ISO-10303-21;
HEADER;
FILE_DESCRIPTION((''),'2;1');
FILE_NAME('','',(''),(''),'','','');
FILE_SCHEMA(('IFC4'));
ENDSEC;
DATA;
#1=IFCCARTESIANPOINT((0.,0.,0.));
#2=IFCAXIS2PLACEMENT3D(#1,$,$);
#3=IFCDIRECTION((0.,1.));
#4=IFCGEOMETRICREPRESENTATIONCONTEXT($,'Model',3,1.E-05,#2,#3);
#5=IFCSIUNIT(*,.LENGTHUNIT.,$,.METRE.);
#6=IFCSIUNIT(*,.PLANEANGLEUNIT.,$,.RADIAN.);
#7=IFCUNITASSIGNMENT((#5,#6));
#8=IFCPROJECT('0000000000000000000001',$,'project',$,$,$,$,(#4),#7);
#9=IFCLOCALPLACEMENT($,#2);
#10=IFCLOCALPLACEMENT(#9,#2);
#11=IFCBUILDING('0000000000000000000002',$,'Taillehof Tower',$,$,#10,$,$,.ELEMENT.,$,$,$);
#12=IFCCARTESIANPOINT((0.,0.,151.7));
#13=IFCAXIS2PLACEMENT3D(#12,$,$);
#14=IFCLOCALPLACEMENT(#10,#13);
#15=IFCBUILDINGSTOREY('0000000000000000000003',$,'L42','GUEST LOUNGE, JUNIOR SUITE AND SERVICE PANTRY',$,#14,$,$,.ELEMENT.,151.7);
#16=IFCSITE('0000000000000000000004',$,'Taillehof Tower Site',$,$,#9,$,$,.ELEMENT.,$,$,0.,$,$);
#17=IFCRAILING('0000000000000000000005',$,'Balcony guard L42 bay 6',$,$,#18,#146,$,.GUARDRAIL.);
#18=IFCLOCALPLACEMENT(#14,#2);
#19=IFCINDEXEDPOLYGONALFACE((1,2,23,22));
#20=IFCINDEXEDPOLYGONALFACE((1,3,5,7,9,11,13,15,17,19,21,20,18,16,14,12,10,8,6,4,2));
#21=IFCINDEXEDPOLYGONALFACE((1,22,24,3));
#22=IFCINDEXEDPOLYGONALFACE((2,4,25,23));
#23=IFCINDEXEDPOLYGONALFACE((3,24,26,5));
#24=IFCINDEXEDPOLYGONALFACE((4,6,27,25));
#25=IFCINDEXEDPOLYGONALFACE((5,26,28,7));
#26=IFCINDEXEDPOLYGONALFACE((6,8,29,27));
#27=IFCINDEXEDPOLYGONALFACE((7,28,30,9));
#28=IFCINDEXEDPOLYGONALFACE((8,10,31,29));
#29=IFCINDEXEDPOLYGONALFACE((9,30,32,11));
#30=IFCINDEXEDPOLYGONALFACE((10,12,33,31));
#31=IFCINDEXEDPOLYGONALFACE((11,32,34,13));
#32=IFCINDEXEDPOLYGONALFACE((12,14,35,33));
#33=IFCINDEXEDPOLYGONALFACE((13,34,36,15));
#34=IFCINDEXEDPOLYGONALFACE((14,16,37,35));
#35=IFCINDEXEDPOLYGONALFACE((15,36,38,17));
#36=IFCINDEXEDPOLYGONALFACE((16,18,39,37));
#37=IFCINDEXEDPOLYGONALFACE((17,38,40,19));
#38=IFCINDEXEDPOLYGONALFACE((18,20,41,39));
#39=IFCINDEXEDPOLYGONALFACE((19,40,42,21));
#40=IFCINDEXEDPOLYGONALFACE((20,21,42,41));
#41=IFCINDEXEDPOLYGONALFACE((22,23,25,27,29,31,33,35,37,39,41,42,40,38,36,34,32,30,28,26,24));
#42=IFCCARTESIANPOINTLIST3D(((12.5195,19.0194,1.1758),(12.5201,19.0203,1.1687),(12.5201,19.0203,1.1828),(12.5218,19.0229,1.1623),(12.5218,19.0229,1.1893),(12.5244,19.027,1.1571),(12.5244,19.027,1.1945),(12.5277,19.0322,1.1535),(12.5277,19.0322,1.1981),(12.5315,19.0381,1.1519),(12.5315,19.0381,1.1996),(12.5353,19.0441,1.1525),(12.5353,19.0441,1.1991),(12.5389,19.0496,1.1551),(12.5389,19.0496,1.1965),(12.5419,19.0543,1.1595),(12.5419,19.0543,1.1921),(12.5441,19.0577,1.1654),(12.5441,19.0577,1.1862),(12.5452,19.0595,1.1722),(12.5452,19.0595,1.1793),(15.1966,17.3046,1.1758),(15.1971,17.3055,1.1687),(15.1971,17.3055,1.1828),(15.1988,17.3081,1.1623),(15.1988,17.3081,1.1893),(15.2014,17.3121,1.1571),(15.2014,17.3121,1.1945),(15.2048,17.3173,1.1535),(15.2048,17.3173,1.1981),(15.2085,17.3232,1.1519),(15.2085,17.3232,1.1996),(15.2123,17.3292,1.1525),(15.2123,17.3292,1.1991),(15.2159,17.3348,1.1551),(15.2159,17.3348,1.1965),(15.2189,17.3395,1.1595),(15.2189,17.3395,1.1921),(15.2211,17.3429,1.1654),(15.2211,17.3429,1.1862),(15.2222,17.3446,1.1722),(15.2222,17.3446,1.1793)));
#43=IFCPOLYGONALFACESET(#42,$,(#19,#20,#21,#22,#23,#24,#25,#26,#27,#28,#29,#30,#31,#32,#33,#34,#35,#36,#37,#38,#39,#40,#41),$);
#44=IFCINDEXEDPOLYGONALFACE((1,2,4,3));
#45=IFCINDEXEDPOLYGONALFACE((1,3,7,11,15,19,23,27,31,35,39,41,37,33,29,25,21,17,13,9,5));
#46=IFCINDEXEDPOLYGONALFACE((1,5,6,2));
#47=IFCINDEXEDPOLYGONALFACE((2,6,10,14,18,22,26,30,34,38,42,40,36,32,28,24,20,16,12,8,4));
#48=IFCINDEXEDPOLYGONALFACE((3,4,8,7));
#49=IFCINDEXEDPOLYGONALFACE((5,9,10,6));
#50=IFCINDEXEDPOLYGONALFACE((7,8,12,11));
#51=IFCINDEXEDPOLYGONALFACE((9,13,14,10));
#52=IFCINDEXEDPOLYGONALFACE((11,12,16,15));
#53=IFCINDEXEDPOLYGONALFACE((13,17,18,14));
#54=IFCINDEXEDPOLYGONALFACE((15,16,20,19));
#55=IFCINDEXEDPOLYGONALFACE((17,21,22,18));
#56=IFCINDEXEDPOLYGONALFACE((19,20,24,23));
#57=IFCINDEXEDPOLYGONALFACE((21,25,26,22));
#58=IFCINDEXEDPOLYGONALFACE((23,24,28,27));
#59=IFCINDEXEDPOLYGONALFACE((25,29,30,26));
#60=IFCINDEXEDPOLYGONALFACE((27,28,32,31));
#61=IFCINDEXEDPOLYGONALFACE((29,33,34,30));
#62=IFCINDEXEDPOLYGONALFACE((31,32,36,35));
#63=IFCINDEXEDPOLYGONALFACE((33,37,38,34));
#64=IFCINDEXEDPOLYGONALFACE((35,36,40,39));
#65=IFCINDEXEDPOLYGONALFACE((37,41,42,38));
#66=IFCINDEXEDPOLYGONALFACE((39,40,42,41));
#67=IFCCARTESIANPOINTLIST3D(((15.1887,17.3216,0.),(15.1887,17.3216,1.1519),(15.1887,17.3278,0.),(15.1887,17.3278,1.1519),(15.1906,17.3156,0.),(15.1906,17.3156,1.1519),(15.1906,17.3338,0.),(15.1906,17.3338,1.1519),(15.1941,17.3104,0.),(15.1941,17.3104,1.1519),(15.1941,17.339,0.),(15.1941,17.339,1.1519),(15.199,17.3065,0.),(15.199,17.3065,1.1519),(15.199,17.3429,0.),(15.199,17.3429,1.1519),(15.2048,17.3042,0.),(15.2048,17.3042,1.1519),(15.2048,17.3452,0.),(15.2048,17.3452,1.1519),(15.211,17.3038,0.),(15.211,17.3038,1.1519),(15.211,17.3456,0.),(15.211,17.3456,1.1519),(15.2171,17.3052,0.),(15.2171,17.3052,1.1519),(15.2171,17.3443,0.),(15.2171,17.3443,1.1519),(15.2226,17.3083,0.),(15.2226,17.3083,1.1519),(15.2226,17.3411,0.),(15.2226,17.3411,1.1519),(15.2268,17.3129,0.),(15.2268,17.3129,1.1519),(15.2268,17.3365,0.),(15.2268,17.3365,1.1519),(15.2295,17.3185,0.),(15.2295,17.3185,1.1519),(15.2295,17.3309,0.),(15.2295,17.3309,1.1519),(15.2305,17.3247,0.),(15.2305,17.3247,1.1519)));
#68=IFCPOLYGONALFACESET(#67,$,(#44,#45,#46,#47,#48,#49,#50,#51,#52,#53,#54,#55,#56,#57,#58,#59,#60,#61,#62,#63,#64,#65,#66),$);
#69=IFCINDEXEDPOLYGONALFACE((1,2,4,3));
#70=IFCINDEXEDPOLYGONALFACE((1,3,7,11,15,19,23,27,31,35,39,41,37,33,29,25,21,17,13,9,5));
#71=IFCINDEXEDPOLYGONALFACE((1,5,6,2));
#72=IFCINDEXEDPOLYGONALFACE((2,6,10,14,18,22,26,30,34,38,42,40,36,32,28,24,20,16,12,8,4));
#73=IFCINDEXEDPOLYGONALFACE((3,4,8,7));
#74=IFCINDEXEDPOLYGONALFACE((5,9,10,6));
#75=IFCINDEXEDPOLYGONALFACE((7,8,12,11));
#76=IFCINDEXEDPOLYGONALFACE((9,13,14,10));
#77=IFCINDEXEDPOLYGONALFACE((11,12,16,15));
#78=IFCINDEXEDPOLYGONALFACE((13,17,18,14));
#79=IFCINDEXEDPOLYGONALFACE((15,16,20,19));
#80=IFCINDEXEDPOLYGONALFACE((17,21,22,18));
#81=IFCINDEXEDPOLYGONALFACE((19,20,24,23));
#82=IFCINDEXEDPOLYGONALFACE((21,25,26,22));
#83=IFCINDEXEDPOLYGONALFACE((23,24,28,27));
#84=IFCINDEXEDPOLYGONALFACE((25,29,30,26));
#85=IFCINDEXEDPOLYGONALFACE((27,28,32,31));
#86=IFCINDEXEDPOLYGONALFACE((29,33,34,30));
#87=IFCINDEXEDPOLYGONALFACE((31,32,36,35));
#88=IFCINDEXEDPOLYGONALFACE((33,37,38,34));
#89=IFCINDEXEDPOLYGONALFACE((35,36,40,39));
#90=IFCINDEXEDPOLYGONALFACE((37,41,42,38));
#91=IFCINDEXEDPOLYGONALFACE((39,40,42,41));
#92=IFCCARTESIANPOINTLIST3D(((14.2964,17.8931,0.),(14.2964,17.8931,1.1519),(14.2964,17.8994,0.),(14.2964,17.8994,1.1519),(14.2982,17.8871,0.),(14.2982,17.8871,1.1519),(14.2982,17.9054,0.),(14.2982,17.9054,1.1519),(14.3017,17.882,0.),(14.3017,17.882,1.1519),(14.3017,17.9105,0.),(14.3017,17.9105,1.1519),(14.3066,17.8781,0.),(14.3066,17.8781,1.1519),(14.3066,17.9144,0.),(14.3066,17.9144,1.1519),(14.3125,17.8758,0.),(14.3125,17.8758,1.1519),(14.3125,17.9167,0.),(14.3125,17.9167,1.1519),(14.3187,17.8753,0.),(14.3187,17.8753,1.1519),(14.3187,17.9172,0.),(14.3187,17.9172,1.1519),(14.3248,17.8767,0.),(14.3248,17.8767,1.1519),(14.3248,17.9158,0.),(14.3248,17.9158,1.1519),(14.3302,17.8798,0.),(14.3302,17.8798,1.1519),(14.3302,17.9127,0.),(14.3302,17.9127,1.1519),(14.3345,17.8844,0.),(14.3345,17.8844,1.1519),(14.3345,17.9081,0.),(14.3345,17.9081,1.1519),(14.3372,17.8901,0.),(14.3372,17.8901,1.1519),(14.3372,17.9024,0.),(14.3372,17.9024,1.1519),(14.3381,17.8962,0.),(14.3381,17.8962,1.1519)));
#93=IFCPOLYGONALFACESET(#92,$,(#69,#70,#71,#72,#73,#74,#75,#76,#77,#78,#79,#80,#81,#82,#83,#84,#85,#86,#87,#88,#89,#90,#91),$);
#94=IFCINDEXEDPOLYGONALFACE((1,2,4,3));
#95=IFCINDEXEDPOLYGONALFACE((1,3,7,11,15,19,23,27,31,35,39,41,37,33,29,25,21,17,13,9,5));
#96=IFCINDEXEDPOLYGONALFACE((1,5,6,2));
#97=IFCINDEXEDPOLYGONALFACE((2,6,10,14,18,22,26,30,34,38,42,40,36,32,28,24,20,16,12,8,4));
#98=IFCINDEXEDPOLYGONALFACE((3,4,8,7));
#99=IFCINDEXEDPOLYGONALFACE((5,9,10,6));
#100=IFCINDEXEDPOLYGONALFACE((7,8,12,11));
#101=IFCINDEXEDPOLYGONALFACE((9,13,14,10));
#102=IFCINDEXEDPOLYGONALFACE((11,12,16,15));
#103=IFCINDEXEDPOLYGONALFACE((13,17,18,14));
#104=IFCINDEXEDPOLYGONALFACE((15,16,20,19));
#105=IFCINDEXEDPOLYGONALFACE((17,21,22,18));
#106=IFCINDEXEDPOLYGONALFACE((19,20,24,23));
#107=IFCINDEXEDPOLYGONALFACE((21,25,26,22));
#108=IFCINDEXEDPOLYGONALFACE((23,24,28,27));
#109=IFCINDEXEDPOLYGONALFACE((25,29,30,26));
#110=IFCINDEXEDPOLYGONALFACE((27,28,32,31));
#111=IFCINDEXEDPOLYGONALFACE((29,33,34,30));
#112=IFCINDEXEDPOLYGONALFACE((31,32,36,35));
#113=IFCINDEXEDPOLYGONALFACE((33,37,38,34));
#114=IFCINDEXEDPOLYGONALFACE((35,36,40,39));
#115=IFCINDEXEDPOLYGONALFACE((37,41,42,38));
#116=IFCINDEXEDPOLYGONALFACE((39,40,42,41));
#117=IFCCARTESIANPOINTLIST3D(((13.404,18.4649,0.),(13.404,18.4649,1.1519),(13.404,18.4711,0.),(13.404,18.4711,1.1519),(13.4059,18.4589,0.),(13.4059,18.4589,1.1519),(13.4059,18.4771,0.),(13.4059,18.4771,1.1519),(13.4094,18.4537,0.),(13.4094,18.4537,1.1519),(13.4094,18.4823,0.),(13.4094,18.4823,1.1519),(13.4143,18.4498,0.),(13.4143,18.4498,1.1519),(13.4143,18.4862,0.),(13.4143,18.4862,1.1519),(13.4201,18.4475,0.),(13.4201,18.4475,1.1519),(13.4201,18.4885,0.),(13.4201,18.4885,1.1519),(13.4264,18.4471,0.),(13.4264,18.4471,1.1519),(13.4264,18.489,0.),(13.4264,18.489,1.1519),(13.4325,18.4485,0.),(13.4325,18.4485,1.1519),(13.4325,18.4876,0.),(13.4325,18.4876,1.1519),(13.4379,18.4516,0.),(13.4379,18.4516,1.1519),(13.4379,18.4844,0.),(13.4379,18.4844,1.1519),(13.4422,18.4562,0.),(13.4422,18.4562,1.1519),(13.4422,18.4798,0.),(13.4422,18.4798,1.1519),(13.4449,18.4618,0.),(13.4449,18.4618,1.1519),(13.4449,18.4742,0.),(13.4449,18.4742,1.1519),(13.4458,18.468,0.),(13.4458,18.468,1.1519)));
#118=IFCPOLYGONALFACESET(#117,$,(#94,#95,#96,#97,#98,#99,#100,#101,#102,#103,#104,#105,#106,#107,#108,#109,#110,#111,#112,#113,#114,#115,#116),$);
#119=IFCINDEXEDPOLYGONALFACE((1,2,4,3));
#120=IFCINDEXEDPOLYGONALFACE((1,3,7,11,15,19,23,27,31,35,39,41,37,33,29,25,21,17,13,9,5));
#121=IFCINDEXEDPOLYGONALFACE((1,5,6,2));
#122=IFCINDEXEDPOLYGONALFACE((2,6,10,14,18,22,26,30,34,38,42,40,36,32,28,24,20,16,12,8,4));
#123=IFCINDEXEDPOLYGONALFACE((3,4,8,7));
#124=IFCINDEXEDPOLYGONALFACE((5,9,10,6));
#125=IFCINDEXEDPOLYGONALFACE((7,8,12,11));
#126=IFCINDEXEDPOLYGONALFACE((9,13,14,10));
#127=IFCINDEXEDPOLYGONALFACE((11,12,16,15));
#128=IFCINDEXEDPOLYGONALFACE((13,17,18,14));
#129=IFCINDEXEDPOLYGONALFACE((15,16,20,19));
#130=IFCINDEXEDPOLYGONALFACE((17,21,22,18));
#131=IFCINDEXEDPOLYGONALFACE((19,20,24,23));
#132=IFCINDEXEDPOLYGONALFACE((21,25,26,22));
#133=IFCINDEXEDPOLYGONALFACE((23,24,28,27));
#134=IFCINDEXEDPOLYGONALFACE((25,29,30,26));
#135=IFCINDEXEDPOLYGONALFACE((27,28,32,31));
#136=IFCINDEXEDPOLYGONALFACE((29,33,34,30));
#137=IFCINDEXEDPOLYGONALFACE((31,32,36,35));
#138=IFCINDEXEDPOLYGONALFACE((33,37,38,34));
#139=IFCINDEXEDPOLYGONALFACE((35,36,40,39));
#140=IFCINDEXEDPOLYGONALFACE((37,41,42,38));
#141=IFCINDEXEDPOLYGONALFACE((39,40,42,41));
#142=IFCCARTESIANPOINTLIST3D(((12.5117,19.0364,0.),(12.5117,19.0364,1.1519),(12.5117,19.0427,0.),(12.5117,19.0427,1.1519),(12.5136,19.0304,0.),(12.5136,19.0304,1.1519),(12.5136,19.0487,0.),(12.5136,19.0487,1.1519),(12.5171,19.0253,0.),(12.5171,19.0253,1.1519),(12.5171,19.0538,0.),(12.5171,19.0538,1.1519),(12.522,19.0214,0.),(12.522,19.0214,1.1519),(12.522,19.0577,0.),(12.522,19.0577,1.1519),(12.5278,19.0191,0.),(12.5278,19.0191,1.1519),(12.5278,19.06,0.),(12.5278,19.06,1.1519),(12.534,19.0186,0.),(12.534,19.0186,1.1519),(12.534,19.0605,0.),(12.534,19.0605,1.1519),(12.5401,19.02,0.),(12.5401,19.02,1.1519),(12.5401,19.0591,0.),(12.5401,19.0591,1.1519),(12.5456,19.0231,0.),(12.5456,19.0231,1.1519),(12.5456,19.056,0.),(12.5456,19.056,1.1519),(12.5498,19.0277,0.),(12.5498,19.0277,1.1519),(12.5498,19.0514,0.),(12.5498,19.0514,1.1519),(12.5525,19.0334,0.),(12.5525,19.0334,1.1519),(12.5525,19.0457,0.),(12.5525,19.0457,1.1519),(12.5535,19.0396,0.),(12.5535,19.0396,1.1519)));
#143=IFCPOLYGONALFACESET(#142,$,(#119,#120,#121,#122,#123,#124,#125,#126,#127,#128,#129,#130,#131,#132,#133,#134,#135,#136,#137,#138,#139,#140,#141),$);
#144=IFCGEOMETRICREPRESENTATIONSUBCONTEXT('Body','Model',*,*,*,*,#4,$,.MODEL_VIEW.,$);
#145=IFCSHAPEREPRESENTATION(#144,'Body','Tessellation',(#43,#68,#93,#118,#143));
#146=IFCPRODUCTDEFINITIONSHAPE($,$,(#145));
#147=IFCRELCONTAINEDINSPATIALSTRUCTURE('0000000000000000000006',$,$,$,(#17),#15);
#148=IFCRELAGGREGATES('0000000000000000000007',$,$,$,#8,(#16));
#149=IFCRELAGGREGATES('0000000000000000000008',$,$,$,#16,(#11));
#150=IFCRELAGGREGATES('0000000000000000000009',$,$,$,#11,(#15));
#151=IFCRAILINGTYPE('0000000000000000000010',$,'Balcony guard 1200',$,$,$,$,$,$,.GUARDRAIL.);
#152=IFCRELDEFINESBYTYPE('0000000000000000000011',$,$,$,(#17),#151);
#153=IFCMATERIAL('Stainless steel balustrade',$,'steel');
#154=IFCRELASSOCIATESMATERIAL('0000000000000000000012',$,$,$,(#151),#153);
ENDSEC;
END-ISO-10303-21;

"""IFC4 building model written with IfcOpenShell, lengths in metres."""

from ifc_helpers import new_model, si_unit, direction, frame, origin, origin_2d, place, context, subcontext, project, spatial, circle, extrude, material, type_object, element, save


model = new_model("IFC4")

# Units and contexts
model_context = context("Model", 3, precision=1e-05, world=origin(), true_north=direction((0.0, 1.0)))
body_context = subcontext(model_context, "Body", "Model", "MODEL_VIEW")
ifc_project = project(units=[si_unit("LENGTHUNIT", "METRE"), si_unit("PLANEANGLEUNIT", "RADIAN")], contexts=[model_context])

# Site, building, storey
site_placement = place(None, origin())
site = spatial("IfcSite", under=ifc_project, at=site_placement, Name="Taillehof Tower Site", CompositionType="ELEMENT", RefElevation=0.0)
building_placement = place(site_placement, origin())
building = spatial("IfcBuilding", under=site, at=building_placement, Name="Taillehof Tower", CompositionType="ELEMENT")
storey_placement = place(building_placement, frame((0.0, 0.0, 151.7)))
storey = spatial("IfcBuildingStorey", under=building, at=storey_placement, Name="L42", Description="GUEST LOUNGE, JUNIOR SUITE AND SERVICE PANTRY", CompositionType="ELEMENT", Elevation=151.7)

# Railing
ifc_material_1 = material(Name="Stainless steel balustrade", Category="steel")
railing_type = type_object("IfcRailingType", Name="Balcony guard 1200", PredefinedType="GUARDRAIL", material=ifc_material_1)
railing_1_placement = place(storey_placement, frame((15.2095, 17.3247, 0.0)))
element("IfcRailing", 1, at=railing_1_placement, inside=storey, type_object=railing_type, Name="Balcony guard L42 bay 6", PredefinedType="GUARDRAIL", context=body_context, shape_type="SweptSolid", body=[
    extrude(circle(Radius=0.0239, at=origin_2d()), frame((0.0, 0.0, 1.1758), z_axis=(-0.842048, 0.539402, 0.0), x_axis=(-0.539402, -0.842048, 0.0)), (0.0, 0.0, 1.0), 3.1792),
    extrude(circle(Radius=0.021, at=origin_2d()), origin(), (0.0, 0.0, 1.0), 1.1519),
    extrude(circle(Radius=0.021, at=origin_2d()), frame((-0.8923, 0.5715, 0.0)), (0.0, 0.0, 1.0), 1.1519),
    extrude(circle(Radius=0.021, at=origin_2d()), frame((-1.7847, 1.1433, 0.0)), (0.0, 0.0, 1.0), 1.1519),
    extrude(circle(Radius=0.021, at=origin_2d()), frame((-2.677, 1.7148, 0.0)), (0.0, 0.0, 1.0), 1.1519),
])

save(model, "model.ifc")
